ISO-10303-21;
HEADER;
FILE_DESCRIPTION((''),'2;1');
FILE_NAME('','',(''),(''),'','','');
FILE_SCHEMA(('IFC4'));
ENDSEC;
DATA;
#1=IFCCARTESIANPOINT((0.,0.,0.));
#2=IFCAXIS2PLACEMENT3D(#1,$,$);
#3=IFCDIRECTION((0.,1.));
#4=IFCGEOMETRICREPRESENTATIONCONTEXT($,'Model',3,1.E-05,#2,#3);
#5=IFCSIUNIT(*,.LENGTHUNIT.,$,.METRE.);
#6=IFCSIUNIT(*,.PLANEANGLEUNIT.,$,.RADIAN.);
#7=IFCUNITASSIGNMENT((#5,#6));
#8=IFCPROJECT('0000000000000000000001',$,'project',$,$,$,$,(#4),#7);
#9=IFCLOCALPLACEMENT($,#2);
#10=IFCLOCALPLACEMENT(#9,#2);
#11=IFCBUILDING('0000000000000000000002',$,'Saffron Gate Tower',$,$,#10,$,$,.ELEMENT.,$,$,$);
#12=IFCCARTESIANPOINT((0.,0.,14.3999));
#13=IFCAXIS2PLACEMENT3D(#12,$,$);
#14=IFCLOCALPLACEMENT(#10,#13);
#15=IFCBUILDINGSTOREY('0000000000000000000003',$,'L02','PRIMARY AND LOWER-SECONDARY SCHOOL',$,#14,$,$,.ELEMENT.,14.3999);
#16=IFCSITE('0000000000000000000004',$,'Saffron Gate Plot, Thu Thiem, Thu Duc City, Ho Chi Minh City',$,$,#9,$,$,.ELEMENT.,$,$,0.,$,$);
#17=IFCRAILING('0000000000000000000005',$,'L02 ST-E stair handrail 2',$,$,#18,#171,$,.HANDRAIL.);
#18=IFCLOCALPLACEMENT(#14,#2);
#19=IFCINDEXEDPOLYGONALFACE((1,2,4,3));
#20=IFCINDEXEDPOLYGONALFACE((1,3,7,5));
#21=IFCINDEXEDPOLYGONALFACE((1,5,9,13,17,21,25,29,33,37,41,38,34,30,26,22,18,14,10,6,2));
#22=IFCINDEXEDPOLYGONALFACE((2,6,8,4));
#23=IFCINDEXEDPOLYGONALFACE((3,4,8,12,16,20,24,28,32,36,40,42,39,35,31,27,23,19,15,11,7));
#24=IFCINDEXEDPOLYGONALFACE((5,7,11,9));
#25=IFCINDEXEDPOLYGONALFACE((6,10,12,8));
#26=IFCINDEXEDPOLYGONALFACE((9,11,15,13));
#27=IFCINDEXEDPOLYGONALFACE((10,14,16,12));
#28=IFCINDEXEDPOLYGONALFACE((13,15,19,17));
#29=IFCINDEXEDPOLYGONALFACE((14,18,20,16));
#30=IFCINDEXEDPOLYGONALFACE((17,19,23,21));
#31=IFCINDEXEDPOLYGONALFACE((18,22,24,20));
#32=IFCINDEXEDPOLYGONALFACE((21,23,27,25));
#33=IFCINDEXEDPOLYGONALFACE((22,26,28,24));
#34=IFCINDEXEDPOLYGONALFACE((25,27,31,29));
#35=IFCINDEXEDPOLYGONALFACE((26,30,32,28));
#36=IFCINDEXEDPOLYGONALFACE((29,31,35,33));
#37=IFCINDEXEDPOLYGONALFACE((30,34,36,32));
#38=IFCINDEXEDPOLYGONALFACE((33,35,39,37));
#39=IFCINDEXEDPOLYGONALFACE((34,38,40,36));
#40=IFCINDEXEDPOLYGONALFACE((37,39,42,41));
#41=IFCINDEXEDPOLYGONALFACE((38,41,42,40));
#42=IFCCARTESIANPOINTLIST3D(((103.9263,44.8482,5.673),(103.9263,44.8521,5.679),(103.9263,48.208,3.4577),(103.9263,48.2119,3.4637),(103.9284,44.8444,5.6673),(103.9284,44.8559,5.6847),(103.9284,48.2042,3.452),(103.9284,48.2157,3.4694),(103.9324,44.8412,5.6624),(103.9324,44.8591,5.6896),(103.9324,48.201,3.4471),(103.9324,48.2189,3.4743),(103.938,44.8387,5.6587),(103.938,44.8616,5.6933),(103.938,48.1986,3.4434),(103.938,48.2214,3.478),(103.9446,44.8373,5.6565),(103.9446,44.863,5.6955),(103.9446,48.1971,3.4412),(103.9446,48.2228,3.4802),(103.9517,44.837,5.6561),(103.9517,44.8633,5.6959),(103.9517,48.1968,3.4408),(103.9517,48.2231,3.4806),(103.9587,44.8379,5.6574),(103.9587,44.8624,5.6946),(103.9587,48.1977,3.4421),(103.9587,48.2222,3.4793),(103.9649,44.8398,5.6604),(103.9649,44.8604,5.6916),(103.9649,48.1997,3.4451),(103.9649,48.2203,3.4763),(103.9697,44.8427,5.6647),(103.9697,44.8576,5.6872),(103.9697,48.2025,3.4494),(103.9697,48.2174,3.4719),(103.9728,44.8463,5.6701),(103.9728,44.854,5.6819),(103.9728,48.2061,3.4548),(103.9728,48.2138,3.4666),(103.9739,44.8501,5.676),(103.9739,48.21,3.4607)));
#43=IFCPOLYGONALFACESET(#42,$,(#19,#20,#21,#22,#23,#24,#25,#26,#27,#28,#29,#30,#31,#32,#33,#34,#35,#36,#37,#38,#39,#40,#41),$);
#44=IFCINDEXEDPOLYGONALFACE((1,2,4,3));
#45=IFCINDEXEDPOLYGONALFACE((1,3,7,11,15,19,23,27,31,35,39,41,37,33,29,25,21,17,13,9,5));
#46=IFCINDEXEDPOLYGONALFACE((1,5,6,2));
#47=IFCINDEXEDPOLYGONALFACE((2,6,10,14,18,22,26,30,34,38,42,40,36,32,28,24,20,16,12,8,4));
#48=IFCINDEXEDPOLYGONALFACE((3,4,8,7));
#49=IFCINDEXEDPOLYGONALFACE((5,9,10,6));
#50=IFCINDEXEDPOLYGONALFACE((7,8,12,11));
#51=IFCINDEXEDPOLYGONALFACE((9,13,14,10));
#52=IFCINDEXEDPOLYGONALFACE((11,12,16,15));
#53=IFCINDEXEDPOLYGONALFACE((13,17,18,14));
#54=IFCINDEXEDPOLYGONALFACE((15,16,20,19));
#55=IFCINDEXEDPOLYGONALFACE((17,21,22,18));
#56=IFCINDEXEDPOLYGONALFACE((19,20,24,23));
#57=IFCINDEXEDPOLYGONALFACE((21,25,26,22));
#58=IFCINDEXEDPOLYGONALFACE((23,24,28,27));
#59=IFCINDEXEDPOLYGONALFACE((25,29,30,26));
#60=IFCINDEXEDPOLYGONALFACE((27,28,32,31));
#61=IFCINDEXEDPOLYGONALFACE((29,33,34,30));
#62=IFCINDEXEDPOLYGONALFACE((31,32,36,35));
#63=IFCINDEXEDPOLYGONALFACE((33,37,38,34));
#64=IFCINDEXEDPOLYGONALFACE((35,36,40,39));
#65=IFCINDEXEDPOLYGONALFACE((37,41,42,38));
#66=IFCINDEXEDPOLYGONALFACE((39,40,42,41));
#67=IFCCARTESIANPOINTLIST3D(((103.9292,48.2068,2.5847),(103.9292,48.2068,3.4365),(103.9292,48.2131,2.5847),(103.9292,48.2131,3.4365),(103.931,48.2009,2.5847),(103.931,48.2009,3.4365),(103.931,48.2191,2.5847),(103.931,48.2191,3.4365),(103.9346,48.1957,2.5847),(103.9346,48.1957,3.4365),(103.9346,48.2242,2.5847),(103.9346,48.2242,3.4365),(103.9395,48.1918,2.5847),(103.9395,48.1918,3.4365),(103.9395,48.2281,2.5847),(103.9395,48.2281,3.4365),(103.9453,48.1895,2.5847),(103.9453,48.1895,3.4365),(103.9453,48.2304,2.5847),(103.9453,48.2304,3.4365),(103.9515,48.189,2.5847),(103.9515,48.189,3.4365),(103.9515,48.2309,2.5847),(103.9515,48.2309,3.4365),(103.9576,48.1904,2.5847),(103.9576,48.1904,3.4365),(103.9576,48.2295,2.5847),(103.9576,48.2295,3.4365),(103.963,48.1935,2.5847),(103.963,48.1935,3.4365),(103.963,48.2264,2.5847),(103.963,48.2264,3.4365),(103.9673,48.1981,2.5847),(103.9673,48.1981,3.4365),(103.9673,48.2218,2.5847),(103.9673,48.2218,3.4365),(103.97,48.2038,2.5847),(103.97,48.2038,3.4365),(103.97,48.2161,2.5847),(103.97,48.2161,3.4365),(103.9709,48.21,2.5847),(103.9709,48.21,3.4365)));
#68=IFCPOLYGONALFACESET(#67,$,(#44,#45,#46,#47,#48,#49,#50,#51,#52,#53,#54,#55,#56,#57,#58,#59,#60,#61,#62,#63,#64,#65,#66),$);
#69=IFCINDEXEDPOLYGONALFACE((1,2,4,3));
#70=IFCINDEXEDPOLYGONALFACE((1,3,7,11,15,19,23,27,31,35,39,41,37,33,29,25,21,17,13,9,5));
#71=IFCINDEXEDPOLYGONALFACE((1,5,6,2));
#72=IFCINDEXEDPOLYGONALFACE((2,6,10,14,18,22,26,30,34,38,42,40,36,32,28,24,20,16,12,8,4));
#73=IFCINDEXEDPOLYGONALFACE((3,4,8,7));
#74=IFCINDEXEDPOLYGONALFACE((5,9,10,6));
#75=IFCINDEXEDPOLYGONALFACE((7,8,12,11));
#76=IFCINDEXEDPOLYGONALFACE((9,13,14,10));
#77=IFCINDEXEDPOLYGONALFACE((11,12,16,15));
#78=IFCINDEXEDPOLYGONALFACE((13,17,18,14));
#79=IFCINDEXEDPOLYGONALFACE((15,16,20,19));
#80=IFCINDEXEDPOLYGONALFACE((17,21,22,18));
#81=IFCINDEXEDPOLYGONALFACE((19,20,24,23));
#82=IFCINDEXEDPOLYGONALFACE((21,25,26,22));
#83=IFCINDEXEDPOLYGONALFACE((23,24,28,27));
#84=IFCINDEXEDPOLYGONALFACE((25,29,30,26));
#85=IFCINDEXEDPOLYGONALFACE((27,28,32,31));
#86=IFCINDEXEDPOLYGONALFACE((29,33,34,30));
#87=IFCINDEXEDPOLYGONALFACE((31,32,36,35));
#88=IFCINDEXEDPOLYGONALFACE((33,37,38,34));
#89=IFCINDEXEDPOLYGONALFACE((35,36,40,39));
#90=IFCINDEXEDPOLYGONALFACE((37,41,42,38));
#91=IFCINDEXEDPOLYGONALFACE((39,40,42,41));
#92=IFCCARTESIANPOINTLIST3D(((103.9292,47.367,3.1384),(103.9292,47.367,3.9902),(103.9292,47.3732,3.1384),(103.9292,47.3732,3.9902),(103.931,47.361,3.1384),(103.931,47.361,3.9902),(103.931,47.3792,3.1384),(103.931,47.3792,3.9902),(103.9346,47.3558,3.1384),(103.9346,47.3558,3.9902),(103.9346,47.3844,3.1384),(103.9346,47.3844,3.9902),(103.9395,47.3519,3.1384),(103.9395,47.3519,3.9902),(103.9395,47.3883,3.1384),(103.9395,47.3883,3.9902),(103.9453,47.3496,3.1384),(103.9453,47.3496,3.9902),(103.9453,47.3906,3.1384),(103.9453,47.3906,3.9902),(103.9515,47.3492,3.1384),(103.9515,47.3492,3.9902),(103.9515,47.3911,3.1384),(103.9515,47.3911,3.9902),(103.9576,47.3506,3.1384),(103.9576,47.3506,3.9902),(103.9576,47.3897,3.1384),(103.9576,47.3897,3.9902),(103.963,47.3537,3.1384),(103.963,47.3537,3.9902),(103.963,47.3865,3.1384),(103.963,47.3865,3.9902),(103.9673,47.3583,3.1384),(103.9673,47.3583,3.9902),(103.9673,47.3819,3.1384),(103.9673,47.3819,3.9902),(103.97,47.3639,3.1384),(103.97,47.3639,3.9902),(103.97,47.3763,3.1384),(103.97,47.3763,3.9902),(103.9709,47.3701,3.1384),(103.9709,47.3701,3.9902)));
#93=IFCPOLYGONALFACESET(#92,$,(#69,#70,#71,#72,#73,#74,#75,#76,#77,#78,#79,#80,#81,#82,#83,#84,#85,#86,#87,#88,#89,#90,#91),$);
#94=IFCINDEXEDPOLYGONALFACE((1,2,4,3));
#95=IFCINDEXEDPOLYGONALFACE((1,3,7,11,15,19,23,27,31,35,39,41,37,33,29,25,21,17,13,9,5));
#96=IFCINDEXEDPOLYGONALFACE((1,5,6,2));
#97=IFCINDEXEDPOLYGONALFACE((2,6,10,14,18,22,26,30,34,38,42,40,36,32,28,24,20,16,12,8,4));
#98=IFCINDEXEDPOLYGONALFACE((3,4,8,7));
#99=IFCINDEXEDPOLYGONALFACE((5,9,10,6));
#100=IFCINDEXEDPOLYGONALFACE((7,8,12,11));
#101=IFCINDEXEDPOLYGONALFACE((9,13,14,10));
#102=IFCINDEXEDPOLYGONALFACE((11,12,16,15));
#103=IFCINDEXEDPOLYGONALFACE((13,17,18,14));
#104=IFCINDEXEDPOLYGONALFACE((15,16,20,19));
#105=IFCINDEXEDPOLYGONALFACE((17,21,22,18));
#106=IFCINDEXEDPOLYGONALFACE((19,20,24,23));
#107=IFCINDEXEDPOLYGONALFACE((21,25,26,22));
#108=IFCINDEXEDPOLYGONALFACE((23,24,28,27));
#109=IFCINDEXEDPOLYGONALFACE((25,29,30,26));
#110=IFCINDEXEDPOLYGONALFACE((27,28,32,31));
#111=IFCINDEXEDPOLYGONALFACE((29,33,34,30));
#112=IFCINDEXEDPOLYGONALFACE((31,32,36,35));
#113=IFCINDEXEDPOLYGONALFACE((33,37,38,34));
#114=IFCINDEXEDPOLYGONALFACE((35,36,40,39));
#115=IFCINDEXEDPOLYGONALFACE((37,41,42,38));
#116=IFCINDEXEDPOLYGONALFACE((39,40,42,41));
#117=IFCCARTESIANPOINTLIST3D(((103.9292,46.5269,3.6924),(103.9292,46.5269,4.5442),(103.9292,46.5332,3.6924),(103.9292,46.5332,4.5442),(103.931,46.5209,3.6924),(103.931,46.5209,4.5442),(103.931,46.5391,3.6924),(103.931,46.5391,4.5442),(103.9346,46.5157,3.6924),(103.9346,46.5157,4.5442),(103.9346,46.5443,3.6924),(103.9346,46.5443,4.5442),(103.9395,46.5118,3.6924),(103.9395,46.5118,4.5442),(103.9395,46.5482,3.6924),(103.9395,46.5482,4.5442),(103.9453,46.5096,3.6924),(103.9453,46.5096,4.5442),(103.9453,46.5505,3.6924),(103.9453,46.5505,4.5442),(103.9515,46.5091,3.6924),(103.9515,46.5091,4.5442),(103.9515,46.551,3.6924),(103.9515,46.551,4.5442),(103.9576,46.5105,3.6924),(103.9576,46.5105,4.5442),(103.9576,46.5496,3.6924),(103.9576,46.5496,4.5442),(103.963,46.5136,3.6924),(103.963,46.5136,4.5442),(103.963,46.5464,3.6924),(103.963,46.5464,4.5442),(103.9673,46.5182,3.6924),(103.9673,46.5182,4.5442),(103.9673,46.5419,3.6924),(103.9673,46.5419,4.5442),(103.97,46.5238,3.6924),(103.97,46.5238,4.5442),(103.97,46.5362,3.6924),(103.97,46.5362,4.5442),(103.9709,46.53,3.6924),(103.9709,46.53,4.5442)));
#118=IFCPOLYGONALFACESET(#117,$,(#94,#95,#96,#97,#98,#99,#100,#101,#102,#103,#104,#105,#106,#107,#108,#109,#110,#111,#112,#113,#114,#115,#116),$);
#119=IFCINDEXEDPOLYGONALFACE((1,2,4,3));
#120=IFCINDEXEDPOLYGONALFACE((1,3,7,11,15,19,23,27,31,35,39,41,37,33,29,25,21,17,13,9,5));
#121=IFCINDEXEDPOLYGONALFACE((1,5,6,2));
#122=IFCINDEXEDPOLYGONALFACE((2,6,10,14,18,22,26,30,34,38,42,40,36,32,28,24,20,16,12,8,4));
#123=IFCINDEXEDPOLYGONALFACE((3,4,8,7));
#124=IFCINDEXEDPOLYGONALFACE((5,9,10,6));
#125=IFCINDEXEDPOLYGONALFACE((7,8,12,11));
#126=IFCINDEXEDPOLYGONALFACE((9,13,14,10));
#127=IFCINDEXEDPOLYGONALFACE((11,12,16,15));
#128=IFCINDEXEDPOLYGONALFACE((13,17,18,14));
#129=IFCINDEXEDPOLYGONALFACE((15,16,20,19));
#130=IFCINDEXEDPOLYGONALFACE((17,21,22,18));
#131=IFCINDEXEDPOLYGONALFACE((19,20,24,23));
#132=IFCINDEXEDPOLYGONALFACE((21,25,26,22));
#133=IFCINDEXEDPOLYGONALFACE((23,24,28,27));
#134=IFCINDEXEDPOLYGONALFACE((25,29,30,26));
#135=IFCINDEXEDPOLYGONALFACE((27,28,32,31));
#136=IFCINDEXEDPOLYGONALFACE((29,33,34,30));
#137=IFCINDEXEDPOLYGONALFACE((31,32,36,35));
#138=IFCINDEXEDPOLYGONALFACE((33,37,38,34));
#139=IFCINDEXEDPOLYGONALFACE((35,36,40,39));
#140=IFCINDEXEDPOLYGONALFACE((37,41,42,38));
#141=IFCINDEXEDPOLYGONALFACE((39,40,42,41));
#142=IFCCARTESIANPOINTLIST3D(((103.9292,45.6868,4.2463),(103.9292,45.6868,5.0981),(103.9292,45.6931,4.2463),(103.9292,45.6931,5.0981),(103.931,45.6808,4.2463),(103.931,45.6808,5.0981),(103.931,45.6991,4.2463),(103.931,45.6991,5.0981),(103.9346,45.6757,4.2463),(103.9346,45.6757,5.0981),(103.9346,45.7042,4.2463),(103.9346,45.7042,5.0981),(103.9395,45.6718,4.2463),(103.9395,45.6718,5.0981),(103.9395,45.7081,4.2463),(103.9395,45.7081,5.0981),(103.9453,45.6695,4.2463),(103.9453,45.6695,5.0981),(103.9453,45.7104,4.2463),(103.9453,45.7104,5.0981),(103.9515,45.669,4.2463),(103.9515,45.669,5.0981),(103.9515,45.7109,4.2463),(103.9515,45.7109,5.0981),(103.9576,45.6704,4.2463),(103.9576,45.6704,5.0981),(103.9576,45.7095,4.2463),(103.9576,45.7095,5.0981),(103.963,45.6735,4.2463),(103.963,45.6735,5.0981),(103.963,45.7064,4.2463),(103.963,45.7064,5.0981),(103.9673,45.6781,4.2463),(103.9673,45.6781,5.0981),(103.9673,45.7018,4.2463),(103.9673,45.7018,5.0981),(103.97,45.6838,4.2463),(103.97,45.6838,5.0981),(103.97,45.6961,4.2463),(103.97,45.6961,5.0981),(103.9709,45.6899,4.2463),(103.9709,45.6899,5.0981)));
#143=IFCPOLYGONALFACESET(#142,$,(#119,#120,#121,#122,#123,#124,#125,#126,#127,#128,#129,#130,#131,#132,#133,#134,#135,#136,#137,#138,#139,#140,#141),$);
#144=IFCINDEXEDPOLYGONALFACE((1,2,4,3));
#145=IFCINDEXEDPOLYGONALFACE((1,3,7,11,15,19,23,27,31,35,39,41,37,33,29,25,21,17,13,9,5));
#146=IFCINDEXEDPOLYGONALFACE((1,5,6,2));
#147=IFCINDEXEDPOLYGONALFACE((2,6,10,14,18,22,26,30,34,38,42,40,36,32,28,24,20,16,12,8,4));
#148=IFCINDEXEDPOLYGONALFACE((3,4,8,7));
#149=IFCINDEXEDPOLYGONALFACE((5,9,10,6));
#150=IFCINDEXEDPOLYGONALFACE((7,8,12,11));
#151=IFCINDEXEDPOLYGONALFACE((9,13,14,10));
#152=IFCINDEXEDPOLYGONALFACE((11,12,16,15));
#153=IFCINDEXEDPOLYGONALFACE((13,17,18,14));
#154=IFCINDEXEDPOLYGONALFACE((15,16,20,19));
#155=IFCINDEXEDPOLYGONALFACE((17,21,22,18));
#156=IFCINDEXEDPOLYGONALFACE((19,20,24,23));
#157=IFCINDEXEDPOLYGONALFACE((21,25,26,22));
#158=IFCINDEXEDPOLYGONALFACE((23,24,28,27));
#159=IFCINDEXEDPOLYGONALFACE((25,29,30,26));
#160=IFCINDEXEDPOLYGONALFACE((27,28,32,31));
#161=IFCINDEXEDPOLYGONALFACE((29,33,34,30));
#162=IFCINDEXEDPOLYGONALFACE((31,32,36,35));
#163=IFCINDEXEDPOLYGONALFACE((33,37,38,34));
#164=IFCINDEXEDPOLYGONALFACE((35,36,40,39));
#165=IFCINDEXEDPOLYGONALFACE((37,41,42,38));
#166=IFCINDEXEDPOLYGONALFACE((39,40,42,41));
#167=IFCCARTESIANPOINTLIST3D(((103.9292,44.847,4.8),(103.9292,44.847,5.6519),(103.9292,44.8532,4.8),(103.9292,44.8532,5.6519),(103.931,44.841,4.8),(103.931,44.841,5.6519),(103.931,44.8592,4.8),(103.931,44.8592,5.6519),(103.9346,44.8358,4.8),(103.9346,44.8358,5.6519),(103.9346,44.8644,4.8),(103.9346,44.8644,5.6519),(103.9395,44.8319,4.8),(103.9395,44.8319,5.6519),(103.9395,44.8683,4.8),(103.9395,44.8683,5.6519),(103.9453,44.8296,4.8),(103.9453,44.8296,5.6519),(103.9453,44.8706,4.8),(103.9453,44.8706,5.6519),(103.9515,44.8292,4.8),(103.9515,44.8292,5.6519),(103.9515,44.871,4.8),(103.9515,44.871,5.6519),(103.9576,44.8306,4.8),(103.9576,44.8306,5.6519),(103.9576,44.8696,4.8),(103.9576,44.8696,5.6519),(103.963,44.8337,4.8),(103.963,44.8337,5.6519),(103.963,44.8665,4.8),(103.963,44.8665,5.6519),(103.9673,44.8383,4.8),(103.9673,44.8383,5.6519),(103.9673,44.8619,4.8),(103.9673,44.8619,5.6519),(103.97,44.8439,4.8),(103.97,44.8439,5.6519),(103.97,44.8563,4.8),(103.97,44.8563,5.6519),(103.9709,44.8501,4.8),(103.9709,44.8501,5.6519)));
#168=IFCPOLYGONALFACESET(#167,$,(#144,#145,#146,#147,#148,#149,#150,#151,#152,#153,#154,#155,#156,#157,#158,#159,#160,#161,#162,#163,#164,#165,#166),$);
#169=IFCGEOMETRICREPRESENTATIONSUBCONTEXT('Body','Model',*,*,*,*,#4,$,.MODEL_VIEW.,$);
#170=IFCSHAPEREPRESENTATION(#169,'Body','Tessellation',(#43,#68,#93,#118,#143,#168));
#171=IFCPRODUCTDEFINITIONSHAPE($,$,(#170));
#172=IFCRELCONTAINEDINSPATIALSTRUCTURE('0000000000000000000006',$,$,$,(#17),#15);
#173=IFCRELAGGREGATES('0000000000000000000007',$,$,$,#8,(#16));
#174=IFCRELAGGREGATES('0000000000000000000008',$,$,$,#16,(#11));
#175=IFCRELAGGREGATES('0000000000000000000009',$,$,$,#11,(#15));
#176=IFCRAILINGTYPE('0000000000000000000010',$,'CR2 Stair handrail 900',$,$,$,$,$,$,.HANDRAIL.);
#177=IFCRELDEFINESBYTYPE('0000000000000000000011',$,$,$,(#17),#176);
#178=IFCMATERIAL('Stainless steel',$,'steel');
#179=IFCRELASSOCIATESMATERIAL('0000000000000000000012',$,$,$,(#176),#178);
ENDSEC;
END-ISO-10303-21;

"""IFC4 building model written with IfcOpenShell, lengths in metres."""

from ifc_helpers import new_model, si_unit, direction, frame, origin, origin_2d, place, context, subcontext, project, spatial, circle, extrude, material, type_object, element, save


model = new_model("IFC4")

# Units and contexts
model_context = context("Model", 3, precision=1e-05, world=origin(), true_north=direction((0.0, 1.0)))
body_context = subcontext(model_context, "Body", "Model", "MODEL_VIEW")
ifc_project = project(units=[si_unit("LENGTHUNIT", "METRE"), si_unit("PLANEANGLEUNIT", "RADIAN")], contexts=[model_context])

# Site, building, storey
site_placement = place(None, origin())
site = spatial("IfcSite", under=ifc_project, at=site_placement, Name="Saffron Gate Plot, Thu Thiem, Thu Duc City, Ho Chi Minh City", CompositionType="ELEMENT", RefElevation=0.0)
building_placement = place(site_placement, origin())
building = spatial("IfcBuilding", under=site, at=building_placement, Name="Saffron Gate Tower", CompositionType="ELEMENT")
storey_placement = place(building_placement, frame((0.0, 0.0, 14.3999)))
storey = spatial("IfcBuildingStorey", under=building, at=storey_placement, Name="L02", Description="PRIMARY AND LOWER-SECONDARY SCHOOL", CompositionType="ELEMENT", Elevation=14.3999)

# Railing
ifc_material_1 = material(Name="Stainless steel", Category="steel")
railing_type_1 = type_object("IfcRailingType", Name="CR2 Stair handrail 900", PredefinedType="HANDRAIL", material=ifc_material_1)
railing_1_placement = place(storey_placement, frame((103.95, 48.21, 2.5847)))
element("IfcRailing", 1, at=railing_1_placement, inside=storey, type_object=railing_type_1, Name="L02 ST-E stair handrail 2", PredefinedType="HANDRAIL", context=body_context, shape_type="SweptSolid", body=[
    extrude(circle(Radius=0.0239, at=origin_2d()), frame((0.0, 0.0, 0.876), z_axis=(0.0, -0.834858, 0.550465), x_axis=(1.0, 0.0, 0.0)), (0.0, 0.0, 1.0), 4.0244),
    extrude(circle(Radius=0.021, at=origin_2d()), origin(), (0.0, 0.0, 1.0), 0.8518),
    extrude(circle(Radius=0.021, at=origin_2d()), frame((0.0, -0.8398, 0.5537)), (0.0, 0.0, 1.0), 0.8518),
    extrude(circle(Radius=0.021, at=origin_2d()), frame((0.0, -1.6799, 1.1077)), (0.0, 0.0, 1.0), 0.8518),
    extrude(circle(Radius=0.021, at=origin_2d()), frame((0.0, -2.52, 1.6616)), (0.0, 0.0, 1.0), 0.8518),
    extrude(circle(Radius=0.021, at=origin_2d()), frame((0.0, -3.3599, 2.2153)), (0.0, 0.0, 1.0), 0.8518),
])

save(model, "model.ifc")
